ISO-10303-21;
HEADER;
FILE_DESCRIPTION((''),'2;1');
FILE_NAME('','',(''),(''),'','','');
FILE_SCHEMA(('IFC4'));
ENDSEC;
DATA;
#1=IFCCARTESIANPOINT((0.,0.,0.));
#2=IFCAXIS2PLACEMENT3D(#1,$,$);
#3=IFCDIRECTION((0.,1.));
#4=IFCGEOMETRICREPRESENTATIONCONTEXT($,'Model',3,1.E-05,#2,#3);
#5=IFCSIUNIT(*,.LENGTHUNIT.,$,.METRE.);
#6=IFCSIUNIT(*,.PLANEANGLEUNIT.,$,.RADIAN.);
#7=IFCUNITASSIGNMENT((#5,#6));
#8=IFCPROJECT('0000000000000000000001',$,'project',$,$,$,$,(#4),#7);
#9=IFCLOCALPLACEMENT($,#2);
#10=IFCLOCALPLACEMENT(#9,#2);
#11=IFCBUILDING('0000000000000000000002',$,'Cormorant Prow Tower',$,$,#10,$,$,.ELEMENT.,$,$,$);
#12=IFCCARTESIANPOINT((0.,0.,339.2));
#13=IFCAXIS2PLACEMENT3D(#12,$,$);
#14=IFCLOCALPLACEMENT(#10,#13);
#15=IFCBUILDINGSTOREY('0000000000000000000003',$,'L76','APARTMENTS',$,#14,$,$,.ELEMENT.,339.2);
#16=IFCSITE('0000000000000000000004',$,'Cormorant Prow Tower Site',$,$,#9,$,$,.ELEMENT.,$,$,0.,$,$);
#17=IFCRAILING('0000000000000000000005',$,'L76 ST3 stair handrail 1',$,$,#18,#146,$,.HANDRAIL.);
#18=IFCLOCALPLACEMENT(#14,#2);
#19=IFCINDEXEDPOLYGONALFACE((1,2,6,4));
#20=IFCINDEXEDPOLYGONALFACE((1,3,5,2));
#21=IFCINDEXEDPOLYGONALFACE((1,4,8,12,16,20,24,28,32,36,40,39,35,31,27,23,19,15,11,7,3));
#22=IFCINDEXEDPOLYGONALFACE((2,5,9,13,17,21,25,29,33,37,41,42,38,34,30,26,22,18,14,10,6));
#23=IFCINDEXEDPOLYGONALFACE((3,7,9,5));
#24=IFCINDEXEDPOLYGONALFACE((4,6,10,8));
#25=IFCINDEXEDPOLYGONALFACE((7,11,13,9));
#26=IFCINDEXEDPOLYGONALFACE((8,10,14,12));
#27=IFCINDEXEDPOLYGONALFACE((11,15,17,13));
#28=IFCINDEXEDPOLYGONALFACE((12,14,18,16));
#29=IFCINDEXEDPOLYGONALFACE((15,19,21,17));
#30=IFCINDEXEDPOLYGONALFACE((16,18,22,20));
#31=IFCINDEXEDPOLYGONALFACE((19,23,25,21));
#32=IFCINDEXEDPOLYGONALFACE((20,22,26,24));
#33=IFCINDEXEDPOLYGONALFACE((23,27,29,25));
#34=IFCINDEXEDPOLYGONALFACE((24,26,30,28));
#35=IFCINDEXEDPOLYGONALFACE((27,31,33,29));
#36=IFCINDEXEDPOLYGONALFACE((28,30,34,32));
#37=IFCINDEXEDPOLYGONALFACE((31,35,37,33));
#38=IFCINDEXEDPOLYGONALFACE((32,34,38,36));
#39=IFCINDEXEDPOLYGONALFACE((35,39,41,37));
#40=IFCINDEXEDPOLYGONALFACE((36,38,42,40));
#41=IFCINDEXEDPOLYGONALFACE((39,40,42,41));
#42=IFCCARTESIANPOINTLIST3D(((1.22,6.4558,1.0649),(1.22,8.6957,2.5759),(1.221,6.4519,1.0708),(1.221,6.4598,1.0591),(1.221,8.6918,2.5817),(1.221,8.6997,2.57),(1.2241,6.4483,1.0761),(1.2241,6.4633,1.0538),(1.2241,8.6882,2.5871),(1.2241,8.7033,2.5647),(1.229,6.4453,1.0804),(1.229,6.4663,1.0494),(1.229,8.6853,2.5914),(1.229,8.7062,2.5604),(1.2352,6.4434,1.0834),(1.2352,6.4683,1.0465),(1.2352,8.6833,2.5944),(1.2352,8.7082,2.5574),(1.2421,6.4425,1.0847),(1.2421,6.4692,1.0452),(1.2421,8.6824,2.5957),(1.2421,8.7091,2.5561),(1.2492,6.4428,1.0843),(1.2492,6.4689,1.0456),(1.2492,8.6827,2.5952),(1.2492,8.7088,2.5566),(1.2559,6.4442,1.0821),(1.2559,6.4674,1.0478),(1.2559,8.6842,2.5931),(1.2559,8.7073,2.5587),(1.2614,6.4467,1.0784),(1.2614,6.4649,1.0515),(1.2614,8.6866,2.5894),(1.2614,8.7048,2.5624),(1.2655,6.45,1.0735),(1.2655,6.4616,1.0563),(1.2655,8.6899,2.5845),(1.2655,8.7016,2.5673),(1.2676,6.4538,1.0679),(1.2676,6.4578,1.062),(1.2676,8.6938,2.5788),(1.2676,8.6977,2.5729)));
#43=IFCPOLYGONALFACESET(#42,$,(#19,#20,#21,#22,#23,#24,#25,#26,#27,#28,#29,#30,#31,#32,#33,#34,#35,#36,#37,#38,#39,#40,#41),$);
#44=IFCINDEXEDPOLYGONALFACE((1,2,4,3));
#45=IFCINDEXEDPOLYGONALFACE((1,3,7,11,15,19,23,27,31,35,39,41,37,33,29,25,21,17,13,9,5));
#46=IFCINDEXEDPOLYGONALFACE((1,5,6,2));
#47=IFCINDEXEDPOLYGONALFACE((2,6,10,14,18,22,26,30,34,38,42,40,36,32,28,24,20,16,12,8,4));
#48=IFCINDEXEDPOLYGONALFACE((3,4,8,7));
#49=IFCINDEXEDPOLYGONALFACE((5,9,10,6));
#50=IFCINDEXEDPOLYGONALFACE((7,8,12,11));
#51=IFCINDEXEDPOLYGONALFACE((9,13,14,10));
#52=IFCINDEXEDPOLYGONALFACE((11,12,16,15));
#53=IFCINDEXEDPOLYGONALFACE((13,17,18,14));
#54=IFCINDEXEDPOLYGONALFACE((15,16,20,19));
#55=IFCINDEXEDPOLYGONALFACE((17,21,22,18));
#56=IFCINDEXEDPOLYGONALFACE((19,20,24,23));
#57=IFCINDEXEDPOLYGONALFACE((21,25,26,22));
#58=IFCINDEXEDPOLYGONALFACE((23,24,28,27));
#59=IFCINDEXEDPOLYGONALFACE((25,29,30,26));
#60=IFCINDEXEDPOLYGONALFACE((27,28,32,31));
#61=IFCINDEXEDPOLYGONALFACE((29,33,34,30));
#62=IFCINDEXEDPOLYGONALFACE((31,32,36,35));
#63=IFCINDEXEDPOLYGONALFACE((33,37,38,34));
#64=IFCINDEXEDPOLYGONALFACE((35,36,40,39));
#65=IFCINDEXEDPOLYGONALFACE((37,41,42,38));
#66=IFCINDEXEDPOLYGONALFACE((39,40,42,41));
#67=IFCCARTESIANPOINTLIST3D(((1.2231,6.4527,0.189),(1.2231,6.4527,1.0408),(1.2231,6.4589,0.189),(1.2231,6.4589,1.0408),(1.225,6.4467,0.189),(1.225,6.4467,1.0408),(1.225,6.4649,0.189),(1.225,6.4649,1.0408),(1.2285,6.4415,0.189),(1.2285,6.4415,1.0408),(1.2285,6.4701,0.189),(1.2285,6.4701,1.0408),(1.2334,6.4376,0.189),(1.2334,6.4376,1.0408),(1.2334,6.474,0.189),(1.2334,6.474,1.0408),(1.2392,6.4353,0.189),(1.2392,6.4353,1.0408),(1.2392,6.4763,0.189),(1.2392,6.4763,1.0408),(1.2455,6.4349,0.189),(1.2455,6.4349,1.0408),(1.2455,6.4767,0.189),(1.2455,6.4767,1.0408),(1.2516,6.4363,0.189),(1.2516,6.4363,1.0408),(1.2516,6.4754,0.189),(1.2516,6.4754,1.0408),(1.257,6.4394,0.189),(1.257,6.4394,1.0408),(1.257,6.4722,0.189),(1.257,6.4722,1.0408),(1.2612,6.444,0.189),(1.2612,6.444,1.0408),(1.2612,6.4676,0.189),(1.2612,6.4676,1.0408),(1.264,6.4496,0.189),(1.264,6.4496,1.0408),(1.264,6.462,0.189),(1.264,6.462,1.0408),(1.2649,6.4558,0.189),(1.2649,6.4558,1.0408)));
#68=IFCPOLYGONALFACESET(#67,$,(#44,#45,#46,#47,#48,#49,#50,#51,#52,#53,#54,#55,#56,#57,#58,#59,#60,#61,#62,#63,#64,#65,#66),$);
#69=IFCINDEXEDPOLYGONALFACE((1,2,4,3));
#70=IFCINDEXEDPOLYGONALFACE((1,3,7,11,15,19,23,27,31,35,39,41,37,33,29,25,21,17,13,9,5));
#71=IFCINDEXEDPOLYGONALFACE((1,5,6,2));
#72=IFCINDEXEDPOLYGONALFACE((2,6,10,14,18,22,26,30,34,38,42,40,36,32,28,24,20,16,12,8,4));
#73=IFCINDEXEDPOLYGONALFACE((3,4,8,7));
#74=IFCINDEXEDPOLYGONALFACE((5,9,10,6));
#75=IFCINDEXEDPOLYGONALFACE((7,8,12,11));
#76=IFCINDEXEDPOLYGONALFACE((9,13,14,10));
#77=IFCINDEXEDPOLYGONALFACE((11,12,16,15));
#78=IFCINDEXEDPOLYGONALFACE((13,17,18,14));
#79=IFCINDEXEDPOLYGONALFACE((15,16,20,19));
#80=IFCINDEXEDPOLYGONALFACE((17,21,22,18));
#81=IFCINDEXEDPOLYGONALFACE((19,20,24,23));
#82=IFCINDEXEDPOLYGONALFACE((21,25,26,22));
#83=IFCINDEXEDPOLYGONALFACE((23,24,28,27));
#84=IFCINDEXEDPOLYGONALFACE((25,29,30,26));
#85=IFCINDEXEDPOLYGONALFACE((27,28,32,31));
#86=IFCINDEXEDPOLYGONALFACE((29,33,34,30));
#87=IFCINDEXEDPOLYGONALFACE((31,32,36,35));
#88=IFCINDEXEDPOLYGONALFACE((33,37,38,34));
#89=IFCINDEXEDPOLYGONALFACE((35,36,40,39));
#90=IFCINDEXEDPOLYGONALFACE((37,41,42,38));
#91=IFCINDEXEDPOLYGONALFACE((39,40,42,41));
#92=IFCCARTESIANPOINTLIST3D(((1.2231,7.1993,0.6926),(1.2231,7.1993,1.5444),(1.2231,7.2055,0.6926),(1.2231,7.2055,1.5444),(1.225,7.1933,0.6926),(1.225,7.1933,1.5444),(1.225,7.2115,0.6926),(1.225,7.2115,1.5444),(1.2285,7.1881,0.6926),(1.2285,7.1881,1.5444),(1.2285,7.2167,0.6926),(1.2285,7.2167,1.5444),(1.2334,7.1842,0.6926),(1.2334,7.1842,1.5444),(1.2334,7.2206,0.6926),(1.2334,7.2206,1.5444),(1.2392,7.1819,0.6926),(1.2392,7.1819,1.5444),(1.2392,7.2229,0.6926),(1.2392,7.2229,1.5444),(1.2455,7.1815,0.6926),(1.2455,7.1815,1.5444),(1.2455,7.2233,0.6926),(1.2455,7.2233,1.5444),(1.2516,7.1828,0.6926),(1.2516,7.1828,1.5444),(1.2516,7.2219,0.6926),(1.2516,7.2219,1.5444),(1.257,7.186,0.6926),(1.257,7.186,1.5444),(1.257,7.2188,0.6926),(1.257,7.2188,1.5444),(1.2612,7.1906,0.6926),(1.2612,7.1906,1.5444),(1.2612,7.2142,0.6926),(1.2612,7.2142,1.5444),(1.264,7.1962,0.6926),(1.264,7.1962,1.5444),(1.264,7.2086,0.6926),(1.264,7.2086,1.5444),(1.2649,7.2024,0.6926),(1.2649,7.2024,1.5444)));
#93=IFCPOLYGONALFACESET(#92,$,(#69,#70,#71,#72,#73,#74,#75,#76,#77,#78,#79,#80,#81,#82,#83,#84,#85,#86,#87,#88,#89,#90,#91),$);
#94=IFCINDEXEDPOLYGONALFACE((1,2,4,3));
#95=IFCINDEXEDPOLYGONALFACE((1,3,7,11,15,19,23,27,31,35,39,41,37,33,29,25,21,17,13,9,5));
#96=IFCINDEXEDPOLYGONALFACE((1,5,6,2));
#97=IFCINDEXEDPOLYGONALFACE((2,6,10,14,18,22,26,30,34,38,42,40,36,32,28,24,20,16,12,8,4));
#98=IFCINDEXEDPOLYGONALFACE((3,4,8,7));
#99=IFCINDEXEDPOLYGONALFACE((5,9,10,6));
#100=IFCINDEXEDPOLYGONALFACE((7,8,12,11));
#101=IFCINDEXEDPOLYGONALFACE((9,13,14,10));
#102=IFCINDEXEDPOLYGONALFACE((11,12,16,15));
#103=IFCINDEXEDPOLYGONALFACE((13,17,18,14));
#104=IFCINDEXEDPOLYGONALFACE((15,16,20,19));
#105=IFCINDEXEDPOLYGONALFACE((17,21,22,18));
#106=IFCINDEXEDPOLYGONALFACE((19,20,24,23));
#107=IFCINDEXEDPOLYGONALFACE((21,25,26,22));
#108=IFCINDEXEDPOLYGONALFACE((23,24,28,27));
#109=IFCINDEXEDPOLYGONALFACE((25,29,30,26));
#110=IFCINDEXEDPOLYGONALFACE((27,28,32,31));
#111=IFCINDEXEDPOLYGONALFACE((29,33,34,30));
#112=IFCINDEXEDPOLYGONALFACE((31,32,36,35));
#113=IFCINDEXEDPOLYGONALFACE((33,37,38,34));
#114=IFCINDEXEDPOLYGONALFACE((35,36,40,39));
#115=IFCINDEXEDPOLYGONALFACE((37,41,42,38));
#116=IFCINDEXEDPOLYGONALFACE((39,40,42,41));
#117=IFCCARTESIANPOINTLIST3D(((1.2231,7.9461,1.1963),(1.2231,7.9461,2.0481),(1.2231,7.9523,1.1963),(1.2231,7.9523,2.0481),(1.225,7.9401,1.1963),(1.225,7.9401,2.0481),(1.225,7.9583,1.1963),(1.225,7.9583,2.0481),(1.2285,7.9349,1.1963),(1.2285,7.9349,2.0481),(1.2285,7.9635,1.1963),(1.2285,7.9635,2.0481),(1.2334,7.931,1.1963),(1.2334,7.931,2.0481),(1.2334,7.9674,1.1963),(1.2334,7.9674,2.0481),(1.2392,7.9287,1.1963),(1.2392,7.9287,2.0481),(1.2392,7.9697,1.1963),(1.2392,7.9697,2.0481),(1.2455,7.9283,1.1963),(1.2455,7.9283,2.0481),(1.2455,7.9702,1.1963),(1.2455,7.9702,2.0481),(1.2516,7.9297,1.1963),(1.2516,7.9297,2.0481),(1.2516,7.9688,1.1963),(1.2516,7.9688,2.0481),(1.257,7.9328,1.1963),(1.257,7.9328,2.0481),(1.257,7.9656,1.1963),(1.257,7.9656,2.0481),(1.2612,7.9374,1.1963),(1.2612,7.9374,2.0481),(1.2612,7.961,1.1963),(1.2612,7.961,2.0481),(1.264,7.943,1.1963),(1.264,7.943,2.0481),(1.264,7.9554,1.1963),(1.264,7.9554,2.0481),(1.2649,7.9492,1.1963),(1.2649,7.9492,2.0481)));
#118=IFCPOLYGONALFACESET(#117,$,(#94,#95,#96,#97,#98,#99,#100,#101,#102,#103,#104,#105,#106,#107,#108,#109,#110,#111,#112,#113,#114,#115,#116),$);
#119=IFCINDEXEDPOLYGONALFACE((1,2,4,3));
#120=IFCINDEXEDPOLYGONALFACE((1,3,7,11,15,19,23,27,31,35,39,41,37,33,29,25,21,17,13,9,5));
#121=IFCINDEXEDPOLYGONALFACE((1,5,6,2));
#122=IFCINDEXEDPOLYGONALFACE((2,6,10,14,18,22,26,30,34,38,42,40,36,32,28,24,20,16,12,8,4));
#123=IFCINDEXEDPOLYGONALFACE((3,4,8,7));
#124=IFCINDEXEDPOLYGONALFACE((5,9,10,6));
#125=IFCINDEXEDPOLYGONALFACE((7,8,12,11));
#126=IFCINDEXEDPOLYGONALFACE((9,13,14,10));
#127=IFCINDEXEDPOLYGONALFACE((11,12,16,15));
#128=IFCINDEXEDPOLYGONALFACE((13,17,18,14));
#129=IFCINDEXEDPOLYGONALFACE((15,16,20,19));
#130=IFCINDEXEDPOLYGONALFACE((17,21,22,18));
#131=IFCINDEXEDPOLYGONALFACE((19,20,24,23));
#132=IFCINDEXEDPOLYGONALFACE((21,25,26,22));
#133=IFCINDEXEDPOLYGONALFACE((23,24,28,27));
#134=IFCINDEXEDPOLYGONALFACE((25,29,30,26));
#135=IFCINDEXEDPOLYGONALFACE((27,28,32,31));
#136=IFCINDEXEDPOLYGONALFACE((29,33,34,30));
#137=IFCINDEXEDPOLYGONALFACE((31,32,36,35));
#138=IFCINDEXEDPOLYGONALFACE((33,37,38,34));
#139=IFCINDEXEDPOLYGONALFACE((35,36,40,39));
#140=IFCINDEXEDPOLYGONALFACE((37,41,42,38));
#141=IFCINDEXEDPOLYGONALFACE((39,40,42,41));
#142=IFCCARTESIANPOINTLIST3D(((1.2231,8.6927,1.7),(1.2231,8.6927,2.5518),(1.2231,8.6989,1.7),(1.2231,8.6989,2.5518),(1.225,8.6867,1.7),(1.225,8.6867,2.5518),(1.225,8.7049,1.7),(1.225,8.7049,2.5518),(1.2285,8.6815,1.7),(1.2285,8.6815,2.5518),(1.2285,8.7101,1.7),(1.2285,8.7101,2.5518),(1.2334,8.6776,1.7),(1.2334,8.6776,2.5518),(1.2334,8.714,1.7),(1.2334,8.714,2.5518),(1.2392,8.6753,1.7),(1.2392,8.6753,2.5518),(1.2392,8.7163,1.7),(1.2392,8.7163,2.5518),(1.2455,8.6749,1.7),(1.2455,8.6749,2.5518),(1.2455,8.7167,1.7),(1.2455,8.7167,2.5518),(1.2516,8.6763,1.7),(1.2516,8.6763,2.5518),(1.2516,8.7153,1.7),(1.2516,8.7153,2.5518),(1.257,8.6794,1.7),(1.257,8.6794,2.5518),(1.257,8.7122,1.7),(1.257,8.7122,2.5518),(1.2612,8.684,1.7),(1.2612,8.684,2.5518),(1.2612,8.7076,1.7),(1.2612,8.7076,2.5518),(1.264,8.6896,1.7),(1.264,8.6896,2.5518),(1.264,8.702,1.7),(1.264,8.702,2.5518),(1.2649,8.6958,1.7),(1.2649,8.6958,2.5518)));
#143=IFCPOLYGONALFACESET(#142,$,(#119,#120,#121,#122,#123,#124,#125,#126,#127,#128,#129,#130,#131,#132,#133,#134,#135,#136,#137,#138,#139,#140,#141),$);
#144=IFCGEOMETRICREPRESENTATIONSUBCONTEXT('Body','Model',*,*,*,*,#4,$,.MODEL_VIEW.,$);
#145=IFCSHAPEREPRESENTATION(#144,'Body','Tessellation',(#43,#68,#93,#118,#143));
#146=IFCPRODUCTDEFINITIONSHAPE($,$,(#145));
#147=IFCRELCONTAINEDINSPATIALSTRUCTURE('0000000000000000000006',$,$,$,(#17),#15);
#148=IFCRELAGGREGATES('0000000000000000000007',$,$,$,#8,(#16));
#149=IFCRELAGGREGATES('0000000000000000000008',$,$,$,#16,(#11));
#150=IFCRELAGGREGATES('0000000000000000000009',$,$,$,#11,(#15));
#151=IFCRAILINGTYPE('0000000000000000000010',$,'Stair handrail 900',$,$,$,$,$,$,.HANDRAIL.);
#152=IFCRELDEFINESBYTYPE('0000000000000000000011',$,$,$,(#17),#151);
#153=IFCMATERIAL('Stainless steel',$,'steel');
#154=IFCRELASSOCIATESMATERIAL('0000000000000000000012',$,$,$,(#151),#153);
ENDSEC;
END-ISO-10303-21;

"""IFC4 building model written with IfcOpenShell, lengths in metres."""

from ifc_helpers import new_model, si_unit, direction, frame, origin, origin_2d, place, context, subcontext, project, spatial, circle, extrude, material, type_object, element, save


model = new_model("IFC4")

# Units and contexts
model_context = context("Model", 3, precision=1e-05, world=origin(), true_north=direction((0.0, 1.0)))
body_context = subcontext(model_context, "Body", "Model", "MODEL_VIEW")
ifc_project = project(units=[si_unit("LENGTHUNIT", "METRE"), si_unit("PLANEANGLEUNIT", "RADIAN")], contexts=[model_context])

# Site, building, storey
site_placement = place(None, origin())
site = spatial("IfcSite", under=ifc_project, at=site_placement, Name="Cormorant Prow Tower Site", CompositionType="ELEMENT", RefElevation=0.0)
building_placement = place(site_placement, origin())
building = spatial("IfcBuilding", under=site, at=building_placement, Name="Cormorant Prow Tower", CompositionType="ELEMENT")
storey_placement = place(building_placement, frame((0.0, 0.0, 339.2)))
storey = spatial("IfcBuildingStorey", under=building, at=storey_placement, Name="L76", Description="APARTMENTS", CompositionType="ELEMENT", Elevation=339.2)

# Railing
ifc_material_1 = material(Name="Stainless steel", Category="steel")
railing_type_1 = type_object("IfcRailingType", Name="Stair handrail 900", PredefinedType="HANDRAIL", material=ifc_material_1)
railing_1_placement = place(storey_placement, frame((1.2439, 6.4558, 0.189)))
element("IfcRailing", 1, at=railing_1_placement, inside=storey, type_object=railing_type_1, Name="L76 ST3 stair handrail 1", PredefinedType="HANDRAIL", context=body_context, shape_type="SweptSolid", body=[
    extrude(circle(Radius=0.0239, at=origin_2d()), frame((0.0, 0.0, 0.876), z_axis=(0.0, 0.829021, 0.559217), x_axis=(-1.0, 0.0, 0.0)), (0.0, 0.0, 1.0), 2.7019),
    extrude(circle(Radius=0.021, at=origin_2d()), origin(), (0.0, 0.0, 1.0), 0.8518),
    extrude(circle(Radius=0.021, at=origin_2d()), frame((0.0, 0.7466, 0.5037)), (0.0, 0.0, 1.0), 0.8518),
    extrude(circle(Radius=0.021, at=origin_2d()), frame((0.0, 1.4934, 1.0073)), (0.0, 0.0, 1.0), 0.8518),
    extrude(circle(Radius=0.021, at=origin_2d()), frame((0.0, 2.24, 1.511)), (0.0, 0.0, 1.0), 0.8518),
])

save(model, "model.ifc")
